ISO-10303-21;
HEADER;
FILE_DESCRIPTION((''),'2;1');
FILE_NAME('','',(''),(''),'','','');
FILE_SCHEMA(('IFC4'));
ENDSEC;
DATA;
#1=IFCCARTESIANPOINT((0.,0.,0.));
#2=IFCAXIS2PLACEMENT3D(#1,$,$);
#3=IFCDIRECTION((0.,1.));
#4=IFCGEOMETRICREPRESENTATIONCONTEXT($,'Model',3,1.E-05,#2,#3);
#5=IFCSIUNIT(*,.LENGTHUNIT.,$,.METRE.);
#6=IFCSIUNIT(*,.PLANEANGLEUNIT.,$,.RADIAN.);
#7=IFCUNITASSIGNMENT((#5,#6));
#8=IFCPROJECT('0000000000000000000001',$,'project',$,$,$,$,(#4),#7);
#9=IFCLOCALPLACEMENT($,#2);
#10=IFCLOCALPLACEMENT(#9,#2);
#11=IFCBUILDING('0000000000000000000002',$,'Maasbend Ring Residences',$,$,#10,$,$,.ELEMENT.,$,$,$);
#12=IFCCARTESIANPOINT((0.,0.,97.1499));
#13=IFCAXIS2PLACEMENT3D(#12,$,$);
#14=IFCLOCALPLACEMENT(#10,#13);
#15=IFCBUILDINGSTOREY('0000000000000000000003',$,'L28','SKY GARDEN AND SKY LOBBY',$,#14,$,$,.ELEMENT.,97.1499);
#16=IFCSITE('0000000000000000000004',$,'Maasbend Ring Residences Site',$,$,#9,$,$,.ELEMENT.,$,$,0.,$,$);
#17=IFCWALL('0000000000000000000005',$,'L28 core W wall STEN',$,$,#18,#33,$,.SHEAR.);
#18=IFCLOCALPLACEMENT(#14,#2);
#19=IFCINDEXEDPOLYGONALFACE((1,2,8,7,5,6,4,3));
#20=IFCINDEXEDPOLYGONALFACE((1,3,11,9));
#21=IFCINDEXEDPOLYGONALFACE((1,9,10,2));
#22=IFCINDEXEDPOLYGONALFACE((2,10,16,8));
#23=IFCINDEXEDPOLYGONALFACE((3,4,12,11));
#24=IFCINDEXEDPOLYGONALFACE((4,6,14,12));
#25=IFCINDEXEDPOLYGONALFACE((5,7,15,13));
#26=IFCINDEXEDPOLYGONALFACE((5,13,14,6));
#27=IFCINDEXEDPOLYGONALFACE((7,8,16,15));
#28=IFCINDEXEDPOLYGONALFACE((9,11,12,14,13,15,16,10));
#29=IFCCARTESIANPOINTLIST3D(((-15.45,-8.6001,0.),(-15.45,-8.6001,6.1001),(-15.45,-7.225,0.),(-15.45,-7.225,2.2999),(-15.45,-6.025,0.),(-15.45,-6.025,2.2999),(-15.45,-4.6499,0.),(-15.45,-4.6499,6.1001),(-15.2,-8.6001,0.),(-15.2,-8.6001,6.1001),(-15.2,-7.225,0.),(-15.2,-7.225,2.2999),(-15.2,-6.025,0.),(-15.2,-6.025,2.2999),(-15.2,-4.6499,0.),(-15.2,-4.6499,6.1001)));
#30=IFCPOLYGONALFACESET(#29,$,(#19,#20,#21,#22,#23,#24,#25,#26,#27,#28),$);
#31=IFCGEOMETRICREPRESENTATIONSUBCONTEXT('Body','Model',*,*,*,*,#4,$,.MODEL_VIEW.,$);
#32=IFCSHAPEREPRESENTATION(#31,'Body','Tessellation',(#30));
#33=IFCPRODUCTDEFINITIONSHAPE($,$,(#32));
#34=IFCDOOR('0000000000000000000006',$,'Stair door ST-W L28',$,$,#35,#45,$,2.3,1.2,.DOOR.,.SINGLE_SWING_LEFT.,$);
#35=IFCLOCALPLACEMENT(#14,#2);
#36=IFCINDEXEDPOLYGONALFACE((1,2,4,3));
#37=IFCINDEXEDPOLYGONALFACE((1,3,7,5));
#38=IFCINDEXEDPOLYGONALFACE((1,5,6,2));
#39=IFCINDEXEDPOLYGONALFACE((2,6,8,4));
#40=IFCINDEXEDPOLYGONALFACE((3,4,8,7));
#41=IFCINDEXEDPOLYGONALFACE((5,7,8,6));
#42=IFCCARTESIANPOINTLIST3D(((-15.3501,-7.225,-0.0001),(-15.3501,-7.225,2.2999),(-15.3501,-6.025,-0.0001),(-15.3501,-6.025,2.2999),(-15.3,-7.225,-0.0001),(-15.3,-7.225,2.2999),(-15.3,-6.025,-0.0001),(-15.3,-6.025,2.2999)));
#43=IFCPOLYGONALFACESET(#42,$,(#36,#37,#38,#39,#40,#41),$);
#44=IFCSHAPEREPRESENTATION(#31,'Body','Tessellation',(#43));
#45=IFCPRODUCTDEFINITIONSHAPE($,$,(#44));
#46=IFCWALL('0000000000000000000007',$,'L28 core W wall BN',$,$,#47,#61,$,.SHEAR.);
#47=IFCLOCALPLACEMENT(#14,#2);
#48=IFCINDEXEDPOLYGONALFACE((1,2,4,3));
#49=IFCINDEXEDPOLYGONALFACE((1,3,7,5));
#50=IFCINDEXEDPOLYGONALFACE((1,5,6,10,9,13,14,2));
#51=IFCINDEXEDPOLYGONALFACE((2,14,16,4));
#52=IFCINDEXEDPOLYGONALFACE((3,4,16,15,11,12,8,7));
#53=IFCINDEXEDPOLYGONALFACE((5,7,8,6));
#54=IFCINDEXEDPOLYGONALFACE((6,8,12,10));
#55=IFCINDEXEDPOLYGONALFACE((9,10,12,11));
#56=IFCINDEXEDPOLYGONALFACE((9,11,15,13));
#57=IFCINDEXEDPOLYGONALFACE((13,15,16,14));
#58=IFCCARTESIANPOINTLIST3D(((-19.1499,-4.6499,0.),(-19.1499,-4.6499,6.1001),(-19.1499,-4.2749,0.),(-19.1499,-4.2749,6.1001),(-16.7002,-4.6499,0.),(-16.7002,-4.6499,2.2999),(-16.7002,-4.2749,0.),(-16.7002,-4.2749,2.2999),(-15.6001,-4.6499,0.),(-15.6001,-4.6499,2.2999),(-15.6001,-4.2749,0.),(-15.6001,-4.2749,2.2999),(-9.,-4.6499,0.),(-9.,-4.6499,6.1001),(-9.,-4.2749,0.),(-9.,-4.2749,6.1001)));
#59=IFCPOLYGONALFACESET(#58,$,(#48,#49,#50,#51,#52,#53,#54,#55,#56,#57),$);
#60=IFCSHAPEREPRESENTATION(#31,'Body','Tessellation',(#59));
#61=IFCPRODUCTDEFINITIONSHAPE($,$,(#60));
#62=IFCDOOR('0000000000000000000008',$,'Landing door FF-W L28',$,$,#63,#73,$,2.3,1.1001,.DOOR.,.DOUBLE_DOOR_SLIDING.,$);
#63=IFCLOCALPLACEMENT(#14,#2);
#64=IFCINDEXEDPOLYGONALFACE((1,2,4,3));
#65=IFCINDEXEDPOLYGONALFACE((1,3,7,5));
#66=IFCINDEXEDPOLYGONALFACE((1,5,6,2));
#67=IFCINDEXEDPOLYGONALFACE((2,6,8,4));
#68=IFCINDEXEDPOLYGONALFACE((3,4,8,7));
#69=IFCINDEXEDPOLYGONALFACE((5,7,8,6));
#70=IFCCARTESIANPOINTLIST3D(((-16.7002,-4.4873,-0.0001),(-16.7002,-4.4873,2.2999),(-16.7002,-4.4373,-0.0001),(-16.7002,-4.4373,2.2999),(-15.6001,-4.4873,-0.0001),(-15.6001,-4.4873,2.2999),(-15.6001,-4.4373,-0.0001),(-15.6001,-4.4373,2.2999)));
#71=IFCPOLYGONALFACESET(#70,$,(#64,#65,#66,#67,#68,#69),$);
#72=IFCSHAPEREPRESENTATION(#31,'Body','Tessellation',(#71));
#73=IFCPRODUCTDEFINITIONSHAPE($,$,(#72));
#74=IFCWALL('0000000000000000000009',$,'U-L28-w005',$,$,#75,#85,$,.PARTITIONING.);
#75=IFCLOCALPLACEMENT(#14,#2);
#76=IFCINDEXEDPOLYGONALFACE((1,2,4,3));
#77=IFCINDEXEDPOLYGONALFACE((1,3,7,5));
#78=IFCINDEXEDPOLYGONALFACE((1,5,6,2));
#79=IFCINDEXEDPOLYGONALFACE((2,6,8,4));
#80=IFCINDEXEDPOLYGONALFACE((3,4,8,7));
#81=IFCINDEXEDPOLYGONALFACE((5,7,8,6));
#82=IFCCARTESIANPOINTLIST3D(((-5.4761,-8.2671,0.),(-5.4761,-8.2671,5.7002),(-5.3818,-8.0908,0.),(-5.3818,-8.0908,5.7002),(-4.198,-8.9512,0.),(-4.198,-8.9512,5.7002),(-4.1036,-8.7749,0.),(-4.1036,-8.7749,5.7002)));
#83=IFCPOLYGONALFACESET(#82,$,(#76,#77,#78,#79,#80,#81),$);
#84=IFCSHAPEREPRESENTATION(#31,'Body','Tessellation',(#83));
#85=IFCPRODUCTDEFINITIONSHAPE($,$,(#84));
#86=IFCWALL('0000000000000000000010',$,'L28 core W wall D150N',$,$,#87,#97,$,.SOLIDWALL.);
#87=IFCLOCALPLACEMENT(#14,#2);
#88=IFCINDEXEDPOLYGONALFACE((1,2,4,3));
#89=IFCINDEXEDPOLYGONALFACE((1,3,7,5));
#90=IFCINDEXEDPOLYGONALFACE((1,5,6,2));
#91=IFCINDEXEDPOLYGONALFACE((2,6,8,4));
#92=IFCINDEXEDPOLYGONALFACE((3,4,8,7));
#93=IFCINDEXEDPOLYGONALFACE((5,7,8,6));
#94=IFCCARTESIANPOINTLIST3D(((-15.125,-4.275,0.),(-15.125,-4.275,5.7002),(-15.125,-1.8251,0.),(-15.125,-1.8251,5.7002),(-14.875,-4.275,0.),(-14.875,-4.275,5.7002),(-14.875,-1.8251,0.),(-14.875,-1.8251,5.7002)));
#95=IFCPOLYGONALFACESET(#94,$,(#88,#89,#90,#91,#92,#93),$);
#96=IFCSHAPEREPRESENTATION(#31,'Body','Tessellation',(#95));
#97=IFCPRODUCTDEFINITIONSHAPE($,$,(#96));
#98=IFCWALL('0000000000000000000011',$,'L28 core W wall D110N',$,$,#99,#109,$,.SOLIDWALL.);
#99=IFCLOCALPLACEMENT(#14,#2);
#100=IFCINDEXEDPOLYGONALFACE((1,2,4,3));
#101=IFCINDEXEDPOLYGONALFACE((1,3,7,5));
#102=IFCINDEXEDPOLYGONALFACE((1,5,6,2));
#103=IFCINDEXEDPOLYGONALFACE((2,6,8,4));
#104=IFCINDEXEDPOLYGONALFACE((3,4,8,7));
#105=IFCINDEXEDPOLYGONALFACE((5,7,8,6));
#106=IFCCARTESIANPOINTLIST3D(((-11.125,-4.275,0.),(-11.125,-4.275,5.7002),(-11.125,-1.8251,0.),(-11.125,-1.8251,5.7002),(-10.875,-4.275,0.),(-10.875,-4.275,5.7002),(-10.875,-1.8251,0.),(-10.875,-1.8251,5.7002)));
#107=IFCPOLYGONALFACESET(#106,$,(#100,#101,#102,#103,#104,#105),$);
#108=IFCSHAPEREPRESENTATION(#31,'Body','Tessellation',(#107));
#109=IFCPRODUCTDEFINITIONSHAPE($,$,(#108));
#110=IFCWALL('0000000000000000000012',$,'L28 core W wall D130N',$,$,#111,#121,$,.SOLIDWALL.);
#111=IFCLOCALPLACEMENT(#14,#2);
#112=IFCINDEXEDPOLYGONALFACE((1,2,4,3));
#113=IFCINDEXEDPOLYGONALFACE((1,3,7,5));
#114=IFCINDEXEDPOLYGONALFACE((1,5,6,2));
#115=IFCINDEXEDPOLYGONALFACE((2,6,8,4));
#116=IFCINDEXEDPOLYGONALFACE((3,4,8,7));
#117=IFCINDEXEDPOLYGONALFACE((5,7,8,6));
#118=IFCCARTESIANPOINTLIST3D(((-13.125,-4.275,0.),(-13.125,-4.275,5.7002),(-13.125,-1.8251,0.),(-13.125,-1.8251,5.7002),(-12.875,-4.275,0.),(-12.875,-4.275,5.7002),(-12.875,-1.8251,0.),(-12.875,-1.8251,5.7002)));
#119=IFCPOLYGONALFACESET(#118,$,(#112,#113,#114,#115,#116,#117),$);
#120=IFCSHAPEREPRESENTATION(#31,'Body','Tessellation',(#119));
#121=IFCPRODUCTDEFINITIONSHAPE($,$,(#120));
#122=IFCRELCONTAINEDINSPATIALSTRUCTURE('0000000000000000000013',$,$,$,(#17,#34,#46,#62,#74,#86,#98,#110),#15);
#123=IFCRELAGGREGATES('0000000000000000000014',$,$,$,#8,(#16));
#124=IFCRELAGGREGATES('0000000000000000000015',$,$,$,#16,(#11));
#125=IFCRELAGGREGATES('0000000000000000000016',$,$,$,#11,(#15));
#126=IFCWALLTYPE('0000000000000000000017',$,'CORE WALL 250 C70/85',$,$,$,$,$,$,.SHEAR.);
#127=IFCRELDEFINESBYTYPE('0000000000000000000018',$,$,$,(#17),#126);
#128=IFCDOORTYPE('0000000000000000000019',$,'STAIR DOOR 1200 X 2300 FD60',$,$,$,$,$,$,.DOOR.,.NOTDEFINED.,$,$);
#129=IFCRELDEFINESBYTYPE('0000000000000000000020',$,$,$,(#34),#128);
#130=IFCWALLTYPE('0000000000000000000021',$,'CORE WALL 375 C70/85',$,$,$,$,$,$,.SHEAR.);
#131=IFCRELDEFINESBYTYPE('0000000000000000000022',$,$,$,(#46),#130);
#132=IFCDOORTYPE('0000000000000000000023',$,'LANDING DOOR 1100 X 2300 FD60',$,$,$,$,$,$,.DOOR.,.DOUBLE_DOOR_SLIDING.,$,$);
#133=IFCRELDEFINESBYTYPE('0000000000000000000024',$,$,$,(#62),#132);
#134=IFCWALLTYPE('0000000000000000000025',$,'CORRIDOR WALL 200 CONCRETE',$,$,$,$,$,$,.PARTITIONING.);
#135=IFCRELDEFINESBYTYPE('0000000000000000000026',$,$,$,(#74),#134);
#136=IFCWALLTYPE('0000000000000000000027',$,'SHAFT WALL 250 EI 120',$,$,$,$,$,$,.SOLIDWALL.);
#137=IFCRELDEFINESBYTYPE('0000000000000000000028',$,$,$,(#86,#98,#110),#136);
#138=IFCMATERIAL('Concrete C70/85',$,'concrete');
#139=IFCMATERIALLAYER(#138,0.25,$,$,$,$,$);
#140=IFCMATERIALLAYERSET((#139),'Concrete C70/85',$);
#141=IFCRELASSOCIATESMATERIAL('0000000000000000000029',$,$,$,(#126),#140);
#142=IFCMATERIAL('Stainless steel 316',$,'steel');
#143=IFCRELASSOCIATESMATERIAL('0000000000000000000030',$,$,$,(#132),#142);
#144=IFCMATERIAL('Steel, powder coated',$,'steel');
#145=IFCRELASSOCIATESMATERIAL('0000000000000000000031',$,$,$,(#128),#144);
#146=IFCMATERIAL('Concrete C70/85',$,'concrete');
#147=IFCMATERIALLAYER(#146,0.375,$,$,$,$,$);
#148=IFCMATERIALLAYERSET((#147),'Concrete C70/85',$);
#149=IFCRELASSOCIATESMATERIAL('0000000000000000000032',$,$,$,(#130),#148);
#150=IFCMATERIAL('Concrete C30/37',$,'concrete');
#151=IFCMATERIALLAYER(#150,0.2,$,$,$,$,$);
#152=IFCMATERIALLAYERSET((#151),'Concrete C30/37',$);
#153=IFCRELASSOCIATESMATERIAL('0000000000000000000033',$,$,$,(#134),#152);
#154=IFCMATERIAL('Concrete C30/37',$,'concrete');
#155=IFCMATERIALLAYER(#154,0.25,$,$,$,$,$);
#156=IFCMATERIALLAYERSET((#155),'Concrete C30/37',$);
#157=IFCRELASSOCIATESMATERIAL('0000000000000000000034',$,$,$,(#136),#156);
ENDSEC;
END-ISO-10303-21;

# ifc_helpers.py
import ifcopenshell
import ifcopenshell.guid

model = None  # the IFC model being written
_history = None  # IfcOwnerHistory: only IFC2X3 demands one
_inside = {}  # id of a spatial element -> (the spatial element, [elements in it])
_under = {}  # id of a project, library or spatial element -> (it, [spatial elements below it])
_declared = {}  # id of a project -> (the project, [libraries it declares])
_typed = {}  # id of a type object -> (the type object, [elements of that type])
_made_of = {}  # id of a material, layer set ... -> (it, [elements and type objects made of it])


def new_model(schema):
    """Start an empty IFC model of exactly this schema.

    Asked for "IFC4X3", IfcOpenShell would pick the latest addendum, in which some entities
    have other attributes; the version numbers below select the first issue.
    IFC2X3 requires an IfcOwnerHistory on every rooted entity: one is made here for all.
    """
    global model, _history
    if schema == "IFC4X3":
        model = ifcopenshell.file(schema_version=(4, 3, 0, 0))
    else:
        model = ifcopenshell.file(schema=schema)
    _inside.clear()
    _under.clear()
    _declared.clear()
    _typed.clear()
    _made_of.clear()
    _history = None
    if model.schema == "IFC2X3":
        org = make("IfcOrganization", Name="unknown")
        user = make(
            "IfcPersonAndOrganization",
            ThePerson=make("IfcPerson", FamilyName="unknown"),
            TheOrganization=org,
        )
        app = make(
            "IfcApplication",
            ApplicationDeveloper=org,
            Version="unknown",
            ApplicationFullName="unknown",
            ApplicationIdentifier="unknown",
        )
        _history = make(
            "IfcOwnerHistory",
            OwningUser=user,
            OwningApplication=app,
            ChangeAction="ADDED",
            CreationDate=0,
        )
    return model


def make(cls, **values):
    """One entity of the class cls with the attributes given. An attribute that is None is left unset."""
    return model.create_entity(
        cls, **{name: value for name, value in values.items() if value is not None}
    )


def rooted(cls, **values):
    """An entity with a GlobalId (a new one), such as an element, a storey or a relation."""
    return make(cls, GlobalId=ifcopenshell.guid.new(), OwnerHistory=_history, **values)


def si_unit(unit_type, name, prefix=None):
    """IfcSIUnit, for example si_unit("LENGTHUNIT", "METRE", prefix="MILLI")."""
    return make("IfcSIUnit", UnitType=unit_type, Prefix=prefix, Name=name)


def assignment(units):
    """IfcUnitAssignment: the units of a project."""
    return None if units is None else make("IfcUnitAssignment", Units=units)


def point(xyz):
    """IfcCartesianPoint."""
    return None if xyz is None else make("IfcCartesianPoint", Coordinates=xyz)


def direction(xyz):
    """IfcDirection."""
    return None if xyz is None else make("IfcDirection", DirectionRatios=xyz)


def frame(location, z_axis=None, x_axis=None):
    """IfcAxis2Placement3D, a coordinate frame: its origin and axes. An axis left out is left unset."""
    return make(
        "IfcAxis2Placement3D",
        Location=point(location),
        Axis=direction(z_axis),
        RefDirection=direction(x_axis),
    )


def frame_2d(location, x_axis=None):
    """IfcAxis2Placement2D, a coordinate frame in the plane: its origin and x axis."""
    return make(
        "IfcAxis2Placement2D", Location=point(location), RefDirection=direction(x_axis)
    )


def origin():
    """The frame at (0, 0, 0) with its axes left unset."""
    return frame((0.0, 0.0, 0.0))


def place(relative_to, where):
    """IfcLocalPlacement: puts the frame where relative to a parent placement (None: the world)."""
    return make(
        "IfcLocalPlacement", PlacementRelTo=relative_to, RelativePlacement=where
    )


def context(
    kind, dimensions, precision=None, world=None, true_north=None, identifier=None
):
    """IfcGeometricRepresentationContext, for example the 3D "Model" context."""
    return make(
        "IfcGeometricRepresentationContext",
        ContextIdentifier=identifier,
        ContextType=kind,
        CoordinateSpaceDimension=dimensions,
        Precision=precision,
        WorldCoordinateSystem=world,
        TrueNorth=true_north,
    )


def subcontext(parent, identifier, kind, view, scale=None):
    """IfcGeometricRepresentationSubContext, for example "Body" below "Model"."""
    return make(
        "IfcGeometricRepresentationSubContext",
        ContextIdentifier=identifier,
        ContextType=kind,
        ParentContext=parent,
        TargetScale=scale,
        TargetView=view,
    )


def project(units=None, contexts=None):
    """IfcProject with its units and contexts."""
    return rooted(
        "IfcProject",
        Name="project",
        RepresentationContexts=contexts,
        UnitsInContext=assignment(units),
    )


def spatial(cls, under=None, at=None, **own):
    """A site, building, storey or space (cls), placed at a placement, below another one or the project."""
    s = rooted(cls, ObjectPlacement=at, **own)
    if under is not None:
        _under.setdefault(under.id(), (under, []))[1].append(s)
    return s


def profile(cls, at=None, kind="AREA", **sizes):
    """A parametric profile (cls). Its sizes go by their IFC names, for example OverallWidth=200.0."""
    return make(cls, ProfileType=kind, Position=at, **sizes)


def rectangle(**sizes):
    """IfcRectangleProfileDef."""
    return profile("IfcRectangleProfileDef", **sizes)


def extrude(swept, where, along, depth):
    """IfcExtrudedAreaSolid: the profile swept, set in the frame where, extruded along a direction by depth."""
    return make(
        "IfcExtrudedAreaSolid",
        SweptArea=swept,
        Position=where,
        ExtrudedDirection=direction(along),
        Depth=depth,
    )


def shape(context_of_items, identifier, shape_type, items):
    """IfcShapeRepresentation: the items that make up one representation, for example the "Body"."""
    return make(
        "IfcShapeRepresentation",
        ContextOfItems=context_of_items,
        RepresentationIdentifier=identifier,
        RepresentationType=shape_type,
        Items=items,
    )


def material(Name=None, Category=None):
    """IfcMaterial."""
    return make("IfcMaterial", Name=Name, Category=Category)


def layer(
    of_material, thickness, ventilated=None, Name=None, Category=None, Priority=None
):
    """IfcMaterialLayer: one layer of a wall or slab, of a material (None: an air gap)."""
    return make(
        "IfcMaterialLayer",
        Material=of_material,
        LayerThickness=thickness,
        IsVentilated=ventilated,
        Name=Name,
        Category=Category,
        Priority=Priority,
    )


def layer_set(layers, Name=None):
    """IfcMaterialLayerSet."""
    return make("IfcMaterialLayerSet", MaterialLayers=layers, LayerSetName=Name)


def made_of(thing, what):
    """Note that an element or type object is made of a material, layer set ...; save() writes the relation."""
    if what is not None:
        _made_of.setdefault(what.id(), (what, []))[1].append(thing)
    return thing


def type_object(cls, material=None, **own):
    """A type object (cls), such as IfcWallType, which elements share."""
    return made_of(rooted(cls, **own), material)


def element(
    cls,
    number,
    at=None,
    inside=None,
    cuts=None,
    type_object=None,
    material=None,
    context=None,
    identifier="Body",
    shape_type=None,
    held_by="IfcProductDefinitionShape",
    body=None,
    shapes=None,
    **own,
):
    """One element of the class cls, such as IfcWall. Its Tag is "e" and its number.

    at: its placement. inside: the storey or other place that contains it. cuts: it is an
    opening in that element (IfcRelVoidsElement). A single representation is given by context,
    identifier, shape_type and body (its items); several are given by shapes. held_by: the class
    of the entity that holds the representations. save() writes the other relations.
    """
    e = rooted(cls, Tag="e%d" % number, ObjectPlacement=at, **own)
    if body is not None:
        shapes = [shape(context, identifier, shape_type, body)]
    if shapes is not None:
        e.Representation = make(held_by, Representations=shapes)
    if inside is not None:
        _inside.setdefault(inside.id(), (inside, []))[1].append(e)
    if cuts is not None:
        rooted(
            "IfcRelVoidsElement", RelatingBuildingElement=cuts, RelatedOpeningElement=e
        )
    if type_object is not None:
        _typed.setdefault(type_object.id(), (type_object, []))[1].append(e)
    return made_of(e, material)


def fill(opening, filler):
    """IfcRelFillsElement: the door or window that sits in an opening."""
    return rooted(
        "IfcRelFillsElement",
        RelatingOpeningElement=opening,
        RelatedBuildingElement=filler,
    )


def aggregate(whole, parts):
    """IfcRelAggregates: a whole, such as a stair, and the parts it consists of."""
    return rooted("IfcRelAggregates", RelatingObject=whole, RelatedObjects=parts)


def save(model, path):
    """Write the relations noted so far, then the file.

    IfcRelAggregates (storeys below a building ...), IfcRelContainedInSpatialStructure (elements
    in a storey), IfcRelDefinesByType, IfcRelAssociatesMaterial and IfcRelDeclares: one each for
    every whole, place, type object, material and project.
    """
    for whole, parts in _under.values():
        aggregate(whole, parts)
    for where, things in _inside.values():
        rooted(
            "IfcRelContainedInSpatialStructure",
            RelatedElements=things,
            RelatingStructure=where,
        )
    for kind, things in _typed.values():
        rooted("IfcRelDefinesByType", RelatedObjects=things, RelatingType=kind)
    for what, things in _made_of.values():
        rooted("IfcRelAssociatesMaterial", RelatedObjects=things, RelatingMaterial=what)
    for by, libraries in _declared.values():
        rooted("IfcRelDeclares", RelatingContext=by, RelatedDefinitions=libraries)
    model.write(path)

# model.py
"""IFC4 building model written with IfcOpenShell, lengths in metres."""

from ifc_helpers import new_model, si_unit, direction, frame, frame_2d, origin, place, context, subcontext, project, spatial, rectangle, extrude, material, layer, layer_set, type_object, element, fill, save


model = new_model("IFC4")

# Units and contexts
model_context = context("Model", 3, precision=1e-05, world=origin(), true_north=direction((0.0, 1.0)))
body_context = subcontext(model_context, "Body", "Model", "MODEL_VIEW")
ifc_project = project(units=[si_unit("LENGTHUNIT", "METRE"), si_unit("PLANEANGLEUNIT", "RADIAN")], contexts=[model_context])

# Site, building, storey
site_placement = place(None, origin())
site = spatial("IfcSite", under=ifc_project, at=site_placement, Name="Maasbend Ring Residences Site", CompositionType="ELEMENT", RefElevation=0.0)
building_placement = place(site_placement, origin())
building = spatial("IfcBuilding", under=site, at=building_placement, Name="Maasbend Ring Residences", CompositionType="ELEMENT")
storey_placement = place(building_placement, frame((0.0, 0.0, 97.1499)))
storey = spatial("IfcBuildingStorey", under=building, at=storey_placement, Name="L28", Description="SKY GARDEN AND SKY LOBBY", CompositionType="ELEMENT", Elevation=97.1499)

# Shared definitions
ifc_material_1 = material(Name="Concrete C70/85", Category="concrete")
ifc_layer_1 = layer(ifc_material_1, 0.25)
ifc_layer_set_1 = layer_set([ifc_layer_1], Name="Concrete C70/85")
wall_type_1 = type_object("IfcWallType", Name="CORE WALL 250 C70/85", PredefinedType="SHEAR", material=ifc_layer_set_1)
ifc_material_2 = material(Name="Stainless steel 316", Category="steel")
door_type_1 = type_object("IfcDoorType", Name="LANDING DOOR 1100 X 2300 FD60", OperationType="DOUBLE_DOOR_SLIDING", PredefinedType="DOOR", material=ifc_material_2)

# Walls, openings, doors
wall_1_placement = place(storey_placement, frame((-15.325, -4.6499, 0.0), z_axis=(0.0, 0.0, 1.0), x_axis=(0.0, -1.0, 0.0)))
wall_1 = element("IfcWall", 1, at=wall_1_placement, inside=storey, type_object=wall_type_1, Name="L28 core W wall STEN", PredefinedType="SHEAR", context=body_context, shape_type="SweptSolid", body=[
    extrude(rectangle(XDim=3.9502, YDim=0.25, at=frame_2d((1.9751, 0.0))), origin(), (0.0, 0.0, 1.0), 6.1001),
])
opening_1_placement = place(wall_1_placement, frame((1.375, 0.0, 0.0)))
opening_1 = element("IfcOpeningElement", 2, at=opening_1_placement, cuts=wall_1, PredefinedType="OPENING", context=body_context, shape_type="SweptSolid", body=[
    extrude(rectangle(XDim=1.2, YDim=2.3, at=frame_2d((0.6001, 1.1499))), frame((0.0, 0.135, 0.0), z_axis=(0.0, -1.0, 0.0), x_axis=(1.0, 0.0, 0.0)), (0.0, 0.0, 1.0), 0.27),
])
ifc_material_3 = material(Name="Steel, powder coated", Category="steel")
door_type_2 = type_object("IfcDoorType", Name="STAIR DOOR 1200 X 2300 FD60", OperationType="NOTDEFINED", PredefinedType="DOOR", material=ifc_material_3)
door_1_placement = place(opening_1_placement, origin())
door_1 = element("IfcDoor", 3, at=door_1_placement, inside=storey, type_object=door_type_2, Name="Stair door ST-W L28", OperationType="SINGLE_SWING_LEFT", OverallHeight=2.3, OverallWidth=1.2, PredefinedType="DOOR", context=body_context, shape_type="SweptSolid", body=[
    extrude(rectangle(XDim=1.2, YDim=2.3, at=frame_2d((0.6001, 1.1499))), frame((0.0, 0.0249, 0.0), z_axis=(0.0, -1.0, 0.0), x_axis=(1.0, 0.0, 0.0)), (0.0, 0.0, 1.0), 0.05),
])
fill(opening_1, door_1)
ifc_material_4 = material(Name="Concrete C70/85", Category="concrete")
ifc_layer_2 = layer(ifc_material_4, 0.375)
ifc_layer_set_2 = layer_set([ifc_layer_2], Name="Concrete C70/85")
wall_type_2 = type_object("IfcWallType", Name="CORE WALL 375 C70/85", PredefinedType="SHEAR", material=ifc_layer_set_2)
wall_2_placement = place(storey_placement, frame((-9.0, -4.4624, 0.0), z_axis=(0.0, 0.0, 1.0), x_axis=(-1.0, 0.0, 0.0)))
wall_2 = element("IfcWall", 4, at=wall_2_placement, inside=storey, type_object=wall_type_2, Name="L28 core W wall BN", PredefinedType="SHEAR", context=body_context, shape_type="SweptSolid", body=[
    extrude(rectangle(XDim=10.1499, YDim=0.375, at=frame_2d((5.075, 0.0))), origin(), (0.0, 0.0, 1.0), 6.1001),
])
opening_2_placement = place(wall_2_placement, frame((6.6001, 0.0, 0.0)))
opening_2 = element("IfcOpeningElement", 5, at=opening_2_placement, cuts=wall_2, PredefinedType="OPENING", context=body_context, shape_type="SweptSolid", body=[
    extrude(rectangle(XDim=1.1001, YDim=2.3, at=frame_2d((0.55, 1.1499))), frame((0.0, 0.1975, 0.0), z_axis=(0.0, -1.0, 0.0), x_axis=(1.0, 0.0, 0.0)), (0.0, 0.0, 1.0), 0.395),
])
door_2_placement = place(opening_2_placement, origin())
door_2 = element("IfcDoor", 6, at=door_2_placement, inside=storey, type_object=door_type_1, Name="Landing door FF-W L28", OperationType="DOUBLE_DOOR_SLIDING", OverallHeight=2.3, OverallWidth=1.1001, PredefinedType="DOOR", context=body_context, shape_type="SweptSolid", body=[
    extrude(rectangle(XDim=1.1001, YDim=2.3, at=frame_2d((0.55, 1.1499))), frame((0.0, 0.0249, 0.0), z_axis=(0.0, -1.0, 0.0), x_axis=(1.0, 0.0, 0.0)), (0.0, 0.0, 1.0), 0.05),
])
fill(opening_2, door_2)

# Walls
ifc_material_5 = material(Name="Concrete C30/37", Category="concrete")
ifc_layer_3 = layer(ifc_material_5, 0.2)
ifc_layer_set_3 = layer_set([ifc_layer_3], Name="Concrete C30/37")
wall_type_3 = type_object("IfcWallType", Name="CORRIDOR WALL 200 CONCRETE", PredefinedType="PARTITIONING", material=ifc_layer_set_3)
wall_3_placement = place(storey_placement, frame((-5.429, -8.179, 0.0), z_axis=(0.0, 0.0, 1.0), x_axis=(0.881653, -0.471899, 0.0)))
element("IfcWall", 7, at=wall_3_placement, inside=storey, type_object=wall_type_3, Name="U-L28-w005", PredefinedType="PARTITIONING", context=body_context, shape_type="SweptSolid", body=[
    extrude(rectangle(XDim=1.4497, YDim=0.2, at=frame_2d((0.7249, 0.0))), origin(), (0.0, 0.0, 1.0), 5.7002),
])
ifc_material_6 = material(Name="Concrete C30/37", Category="concrete")
ifc_layer_4 = layer(ifc_material_6, 0.25)
ifc_layer_set_4 = layer_set([ifc_layer_4], Name="Concrete C30/37")
wall_type_4 = type_object("IfcWallType", Name="SHAFT WALL 250 EI 120", PredefinedType="SOLIDWALL", material=ifc_layer_set_4)
for number, where, z_axis, x_axis, name in (
    (8, (-15.0, -1.825, 0.0), (0.0, 0.0, 1.0), (0.0, -1.0, 0.0), "L28 core W wall D150N"),
    (9, (-11.0, -1.825, 0.0), (0.0, 0.0, 1.0), (0.0, -1.0, 0.0), "L28 core W wall D110N"),
    (10, (-13.0, -1.825, 0.0), (0.0, 0.0, 1.0), (0.0, -1.0, 0.0), "L28 core W wall D130N"),
):
    element("IfcWall", number, at=place(storey_placement, frame(where, z_axis=z_axis, x_axis=x_axis)), inside=storey, type_object=wall_type_4, Name=name, PredefinedType="SOLIDWALL", context=body_context, shape_type="SweptSolid", body=[
        extrude(rectangle(XDim=2.45, YDim=0.25, at=frame_2d((1.2251, 0.0))), origin(), (0.0, 0.0, 1.0), 5.7002),
    ])

save(model, "model.ifc")
